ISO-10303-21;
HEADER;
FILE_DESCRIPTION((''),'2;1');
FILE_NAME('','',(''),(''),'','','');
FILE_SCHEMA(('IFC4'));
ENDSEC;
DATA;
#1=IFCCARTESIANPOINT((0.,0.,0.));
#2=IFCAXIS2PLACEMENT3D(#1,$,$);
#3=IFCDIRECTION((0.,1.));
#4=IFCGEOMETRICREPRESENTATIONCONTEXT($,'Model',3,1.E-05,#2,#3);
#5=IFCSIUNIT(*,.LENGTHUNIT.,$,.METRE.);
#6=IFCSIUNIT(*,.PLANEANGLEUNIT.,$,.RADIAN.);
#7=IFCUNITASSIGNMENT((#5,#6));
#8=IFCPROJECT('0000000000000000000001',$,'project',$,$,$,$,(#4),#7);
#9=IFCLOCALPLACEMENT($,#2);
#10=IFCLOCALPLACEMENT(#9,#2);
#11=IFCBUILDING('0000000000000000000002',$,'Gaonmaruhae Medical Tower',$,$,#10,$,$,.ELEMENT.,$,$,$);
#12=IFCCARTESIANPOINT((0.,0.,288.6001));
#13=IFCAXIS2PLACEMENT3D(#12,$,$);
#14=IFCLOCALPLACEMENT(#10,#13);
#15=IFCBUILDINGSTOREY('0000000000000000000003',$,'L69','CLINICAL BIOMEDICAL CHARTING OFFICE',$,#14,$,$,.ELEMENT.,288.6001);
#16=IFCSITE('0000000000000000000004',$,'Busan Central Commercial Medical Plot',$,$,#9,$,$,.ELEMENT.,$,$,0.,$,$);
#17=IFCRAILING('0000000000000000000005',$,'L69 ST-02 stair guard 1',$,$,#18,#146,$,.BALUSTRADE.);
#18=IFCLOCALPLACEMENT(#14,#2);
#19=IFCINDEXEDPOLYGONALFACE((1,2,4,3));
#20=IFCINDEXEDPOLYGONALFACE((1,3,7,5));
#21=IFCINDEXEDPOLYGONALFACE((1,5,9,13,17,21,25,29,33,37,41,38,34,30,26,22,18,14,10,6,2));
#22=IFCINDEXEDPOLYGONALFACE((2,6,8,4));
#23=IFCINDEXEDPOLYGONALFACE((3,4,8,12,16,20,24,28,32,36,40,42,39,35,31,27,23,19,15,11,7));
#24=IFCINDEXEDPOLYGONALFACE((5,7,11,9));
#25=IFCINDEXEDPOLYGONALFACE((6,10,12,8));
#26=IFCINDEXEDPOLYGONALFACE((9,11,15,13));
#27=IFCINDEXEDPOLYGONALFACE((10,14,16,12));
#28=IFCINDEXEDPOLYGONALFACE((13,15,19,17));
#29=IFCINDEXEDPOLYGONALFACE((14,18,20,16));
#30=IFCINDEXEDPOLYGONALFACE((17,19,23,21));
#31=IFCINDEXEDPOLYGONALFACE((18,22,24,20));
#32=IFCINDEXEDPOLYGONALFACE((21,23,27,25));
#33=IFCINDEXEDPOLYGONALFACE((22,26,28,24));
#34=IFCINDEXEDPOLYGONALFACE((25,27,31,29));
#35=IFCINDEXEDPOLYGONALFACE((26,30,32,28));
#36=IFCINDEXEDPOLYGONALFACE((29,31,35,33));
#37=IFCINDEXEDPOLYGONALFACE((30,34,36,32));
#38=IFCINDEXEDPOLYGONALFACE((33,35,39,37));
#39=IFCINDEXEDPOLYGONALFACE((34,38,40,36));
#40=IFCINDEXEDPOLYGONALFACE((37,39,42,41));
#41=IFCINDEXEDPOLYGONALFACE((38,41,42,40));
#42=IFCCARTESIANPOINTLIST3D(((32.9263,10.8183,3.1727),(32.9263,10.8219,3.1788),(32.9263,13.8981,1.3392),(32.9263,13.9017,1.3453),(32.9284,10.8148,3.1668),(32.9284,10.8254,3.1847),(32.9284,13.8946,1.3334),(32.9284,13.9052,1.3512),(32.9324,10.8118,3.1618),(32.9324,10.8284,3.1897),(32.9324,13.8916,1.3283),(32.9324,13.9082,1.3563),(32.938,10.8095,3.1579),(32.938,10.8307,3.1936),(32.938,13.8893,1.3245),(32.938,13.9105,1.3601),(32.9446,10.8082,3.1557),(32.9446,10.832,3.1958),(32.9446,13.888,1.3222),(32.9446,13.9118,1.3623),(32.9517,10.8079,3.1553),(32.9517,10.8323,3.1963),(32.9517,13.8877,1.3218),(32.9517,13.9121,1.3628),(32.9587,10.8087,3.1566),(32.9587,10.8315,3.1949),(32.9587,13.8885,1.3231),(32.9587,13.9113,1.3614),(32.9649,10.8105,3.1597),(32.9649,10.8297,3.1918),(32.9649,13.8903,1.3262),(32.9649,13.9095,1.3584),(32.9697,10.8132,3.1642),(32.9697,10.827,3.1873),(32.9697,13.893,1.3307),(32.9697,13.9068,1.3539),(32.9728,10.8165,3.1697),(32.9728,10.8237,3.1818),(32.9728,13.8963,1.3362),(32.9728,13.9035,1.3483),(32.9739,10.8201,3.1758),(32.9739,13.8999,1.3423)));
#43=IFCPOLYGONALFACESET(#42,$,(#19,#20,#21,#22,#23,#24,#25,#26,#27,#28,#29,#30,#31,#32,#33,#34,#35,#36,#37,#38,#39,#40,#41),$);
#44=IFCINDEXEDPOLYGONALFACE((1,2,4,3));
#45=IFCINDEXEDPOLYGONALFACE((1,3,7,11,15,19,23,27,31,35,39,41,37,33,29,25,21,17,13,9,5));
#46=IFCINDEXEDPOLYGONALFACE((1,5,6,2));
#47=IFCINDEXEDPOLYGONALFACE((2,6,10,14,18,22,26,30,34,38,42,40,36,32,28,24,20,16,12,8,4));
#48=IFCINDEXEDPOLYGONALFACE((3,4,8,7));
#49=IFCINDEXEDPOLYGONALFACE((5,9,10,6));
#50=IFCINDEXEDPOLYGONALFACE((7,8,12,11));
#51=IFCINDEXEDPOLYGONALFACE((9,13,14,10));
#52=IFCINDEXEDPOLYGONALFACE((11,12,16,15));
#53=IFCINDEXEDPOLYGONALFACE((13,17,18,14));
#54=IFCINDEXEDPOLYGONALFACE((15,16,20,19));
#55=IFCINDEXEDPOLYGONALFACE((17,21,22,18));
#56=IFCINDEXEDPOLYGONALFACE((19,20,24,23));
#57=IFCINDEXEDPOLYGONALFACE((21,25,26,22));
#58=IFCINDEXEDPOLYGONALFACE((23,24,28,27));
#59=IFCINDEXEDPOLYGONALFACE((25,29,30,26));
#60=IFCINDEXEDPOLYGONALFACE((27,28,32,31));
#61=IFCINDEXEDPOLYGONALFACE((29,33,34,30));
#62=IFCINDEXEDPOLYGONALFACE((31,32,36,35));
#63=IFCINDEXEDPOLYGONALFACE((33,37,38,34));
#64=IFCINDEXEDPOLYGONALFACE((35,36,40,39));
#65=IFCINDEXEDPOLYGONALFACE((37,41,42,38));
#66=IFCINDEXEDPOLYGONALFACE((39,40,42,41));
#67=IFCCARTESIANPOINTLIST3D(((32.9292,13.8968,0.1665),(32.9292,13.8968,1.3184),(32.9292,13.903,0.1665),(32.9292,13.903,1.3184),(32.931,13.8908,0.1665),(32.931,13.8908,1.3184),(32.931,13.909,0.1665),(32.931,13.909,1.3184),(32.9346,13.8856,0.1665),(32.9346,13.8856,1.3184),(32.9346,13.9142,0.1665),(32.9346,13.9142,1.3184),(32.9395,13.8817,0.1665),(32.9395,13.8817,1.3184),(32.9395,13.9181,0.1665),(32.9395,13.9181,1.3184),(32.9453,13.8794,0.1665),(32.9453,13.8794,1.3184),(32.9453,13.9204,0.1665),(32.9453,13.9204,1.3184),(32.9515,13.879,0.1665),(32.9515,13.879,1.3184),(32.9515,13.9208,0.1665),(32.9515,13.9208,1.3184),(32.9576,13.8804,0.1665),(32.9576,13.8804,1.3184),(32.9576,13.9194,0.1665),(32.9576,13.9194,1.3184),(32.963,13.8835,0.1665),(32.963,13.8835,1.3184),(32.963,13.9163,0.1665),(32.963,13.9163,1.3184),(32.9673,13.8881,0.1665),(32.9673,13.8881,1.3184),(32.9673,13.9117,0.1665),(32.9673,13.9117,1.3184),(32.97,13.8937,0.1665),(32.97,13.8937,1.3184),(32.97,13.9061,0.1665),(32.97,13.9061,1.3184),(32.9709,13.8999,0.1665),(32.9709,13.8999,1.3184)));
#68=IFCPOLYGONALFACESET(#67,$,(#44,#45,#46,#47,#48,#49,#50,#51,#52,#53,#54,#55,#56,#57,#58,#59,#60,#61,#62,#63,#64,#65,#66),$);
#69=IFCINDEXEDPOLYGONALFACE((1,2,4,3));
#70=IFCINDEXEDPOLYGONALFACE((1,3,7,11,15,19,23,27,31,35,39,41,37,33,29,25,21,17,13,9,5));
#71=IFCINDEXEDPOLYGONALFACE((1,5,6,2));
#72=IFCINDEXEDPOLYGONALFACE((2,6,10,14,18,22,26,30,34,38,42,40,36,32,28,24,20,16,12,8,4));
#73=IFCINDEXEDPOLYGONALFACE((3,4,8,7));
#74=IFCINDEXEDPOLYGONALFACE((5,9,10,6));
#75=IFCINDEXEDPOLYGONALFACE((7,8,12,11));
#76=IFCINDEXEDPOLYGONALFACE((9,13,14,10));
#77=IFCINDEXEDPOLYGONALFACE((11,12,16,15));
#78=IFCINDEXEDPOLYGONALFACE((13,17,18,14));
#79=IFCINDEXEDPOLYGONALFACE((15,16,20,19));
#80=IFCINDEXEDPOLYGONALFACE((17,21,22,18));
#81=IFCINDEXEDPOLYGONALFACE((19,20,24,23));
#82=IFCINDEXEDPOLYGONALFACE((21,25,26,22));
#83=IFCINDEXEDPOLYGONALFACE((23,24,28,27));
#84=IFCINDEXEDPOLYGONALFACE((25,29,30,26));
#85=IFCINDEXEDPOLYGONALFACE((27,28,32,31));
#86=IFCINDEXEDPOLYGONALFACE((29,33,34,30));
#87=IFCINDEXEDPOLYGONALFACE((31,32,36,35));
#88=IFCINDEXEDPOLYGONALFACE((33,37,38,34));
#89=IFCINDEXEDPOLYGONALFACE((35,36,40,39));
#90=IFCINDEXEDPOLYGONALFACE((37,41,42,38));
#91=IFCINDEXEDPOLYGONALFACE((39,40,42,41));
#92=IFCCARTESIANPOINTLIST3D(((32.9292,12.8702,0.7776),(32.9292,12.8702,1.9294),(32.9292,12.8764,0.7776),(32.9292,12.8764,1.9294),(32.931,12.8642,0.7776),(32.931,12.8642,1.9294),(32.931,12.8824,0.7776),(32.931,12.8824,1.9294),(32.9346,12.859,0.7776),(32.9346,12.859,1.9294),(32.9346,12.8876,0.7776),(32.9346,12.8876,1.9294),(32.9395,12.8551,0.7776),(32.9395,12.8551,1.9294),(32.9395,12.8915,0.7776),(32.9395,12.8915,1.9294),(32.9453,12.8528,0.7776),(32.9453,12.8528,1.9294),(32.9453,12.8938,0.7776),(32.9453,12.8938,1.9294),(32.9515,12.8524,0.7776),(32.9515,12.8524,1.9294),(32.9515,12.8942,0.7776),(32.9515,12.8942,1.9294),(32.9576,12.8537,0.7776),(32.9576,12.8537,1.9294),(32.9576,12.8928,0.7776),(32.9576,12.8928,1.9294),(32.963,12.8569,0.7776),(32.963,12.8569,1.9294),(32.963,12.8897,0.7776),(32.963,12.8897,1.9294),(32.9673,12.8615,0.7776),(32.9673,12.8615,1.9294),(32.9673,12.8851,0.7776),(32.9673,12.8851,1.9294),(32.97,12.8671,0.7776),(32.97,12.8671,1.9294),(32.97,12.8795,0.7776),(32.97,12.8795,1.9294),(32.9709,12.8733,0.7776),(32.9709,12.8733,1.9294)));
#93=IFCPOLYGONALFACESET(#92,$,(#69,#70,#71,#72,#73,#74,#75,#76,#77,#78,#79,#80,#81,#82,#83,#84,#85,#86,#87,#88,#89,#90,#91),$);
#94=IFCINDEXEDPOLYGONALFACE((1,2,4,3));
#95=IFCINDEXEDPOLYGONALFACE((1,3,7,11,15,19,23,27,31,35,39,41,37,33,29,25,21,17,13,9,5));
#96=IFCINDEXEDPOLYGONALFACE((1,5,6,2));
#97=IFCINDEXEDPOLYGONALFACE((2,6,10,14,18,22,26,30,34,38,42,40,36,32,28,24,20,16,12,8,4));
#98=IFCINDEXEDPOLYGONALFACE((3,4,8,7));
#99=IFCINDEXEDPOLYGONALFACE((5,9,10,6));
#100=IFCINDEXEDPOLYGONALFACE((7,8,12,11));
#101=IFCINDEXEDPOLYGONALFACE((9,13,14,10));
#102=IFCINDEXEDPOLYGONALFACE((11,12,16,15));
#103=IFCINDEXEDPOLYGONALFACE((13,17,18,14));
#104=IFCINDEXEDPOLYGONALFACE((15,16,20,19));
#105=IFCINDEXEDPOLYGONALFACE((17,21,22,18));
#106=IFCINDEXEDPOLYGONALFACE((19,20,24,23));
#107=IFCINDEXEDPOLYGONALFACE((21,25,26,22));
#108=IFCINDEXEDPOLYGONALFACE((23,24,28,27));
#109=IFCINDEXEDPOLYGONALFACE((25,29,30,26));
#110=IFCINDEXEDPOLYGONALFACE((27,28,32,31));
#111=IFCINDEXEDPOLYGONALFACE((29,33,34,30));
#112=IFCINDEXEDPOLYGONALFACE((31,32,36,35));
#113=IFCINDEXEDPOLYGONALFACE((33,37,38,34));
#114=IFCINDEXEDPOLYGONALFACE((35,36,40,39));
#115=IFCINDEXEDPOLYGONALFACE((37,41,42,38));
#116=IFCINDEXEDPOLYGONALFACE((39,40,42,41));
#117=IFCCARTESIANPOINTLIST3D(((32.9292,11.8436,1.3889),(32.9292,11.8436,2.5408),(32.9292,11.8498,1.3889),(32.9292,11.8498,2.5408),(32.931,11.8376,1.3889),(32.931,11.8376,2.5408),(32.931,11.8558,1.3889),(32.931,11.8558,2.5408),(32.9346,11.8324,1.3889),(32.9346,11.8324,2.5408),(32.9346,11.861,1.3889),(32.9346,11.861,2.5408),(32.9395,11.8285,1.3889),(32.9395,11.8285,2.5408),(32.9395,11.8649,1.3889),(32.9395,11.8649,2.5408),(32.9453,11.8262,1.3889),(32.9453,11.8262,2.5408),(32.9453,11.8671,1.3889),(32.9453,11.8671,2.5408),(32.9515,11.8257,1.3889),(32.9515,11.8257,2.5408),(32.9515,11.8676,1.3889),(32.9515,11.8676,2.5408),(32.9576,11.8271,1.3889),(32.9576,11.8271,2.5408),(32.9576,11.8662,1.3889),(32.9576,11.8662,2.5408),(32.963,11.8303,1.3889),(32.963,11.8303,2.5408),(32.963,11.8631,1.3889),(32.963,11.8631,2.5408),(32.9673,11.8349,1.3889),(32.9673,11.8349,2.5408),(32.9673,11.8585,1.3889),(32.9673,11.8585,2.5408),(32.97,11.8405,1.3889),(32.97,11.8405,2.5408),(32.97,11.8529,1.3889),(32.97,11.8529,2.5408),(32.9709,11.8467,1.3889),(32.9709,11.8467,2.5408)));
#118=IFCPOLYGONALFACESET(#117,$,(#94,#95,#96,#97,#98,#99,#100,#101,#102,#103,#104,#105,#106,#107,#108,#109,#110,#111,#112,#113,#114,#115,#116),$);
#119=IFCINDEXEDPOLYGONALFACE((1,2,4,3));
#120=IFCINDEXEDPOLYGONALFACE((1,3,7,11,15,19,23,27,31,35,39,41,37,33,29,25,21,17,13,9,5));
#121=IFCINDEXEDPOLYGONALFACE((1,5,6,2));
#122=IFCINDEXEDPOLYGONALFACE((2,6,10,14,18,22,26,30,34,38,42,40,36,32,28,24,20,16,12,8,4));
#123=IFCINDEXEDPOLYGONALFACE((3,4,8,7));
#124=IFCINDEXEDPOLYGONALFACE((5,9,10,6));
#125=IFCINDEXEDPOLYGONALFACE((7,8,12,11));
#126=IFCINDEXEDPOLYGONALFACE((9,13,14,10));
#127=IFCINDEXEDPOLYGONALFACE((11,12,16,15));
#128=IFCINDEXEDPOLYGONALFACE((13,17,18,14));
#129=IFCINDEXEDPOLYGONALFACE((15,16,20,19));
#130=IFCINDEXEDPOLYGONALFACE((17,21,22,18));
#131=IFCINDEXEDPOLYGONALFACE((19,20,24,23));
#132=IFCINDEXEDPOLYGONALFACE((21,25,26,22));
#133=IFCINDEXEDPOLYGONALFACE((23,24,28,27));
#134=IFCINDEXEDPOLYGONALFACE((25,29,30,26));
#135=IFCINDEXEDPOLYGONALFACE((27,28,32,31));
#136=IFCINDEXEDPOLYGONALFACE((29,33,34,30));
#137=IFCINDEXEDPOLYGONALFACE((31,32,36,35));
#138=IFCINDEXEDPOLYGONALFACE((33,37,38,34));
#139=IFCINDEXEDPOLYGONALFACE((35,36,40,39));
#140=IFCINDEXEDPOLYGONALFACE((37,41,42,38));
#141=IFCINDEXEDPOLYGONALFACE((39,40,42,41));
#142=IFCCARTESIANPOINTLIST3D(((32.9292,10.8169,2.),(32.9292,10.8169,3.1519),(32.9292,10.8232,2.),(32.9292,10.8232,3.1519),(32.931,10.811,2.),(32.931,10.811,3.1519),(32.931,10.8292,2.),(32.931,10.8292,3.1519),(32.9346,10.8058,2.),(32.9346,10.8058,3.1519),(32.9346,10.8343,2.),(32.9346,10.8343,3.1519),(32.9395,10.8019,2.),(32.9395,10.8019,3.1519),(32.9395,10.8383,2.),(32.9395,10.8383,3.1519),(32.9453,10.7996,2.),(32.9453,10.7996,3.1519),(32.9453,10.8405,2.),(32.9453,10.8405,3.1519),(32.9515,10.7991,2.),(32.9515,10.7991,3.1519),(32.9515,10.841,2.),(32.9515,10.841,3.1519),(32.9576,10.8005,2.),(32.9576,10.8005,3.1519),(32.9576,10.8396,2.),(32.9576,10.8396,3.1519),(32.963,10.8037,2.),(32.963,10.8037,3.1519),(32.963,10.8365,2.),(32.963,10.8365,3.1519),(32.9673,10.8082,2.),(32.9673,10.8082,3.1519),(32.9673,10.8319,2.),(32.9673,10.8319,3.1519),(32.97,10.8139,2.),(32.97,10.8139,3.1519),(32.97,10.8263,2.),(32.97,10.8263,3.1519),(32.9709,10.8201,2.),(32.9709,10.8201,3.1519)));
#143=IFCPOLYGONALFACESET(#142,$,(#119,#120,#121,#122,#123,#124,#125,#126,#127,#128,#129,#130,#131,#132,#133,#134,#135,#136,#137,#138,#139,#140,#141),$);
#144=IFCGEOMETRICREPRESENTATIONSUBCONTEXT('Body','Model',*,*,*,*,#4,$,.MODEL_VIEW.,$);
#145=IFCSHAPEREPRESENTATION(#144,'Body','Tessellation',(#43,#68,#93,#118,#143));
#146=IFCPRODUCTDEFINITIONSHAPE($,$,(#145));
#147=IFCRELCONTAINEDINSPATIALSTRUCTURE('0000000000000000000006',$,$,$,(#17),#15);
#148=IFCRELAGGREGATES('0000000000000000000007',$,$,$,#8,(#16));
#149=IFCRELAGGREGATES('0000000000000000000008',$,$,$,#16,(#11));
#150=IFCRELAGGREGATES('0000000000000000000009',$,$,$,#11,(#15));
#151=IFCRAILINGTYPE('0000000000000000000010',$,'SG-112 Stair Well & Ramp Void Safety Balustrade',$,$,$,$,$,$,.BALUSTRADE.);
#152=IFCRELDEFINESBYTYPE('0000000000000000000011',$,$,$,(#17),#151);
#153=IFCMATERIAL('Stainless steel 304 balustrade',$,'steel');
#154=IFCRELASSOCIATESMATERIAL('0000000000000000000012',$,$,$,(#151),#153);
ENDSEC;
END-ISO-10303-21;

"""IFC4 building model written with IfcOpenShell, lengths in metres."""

from ifc_helpers import new_model, si_unit, direction, frame, origin, origin_2d, place, context, subcontext, project, spatial, circle, extrude, material, type_object, element, save


model = new_model("IFC4")

# Units and contexts
model_context = context("Model", 3, precision=1e-05, world=origin(), true_north=direction((0.0, 1.0)))
body_context = subcontext(model_context, "Body", "Model", "MODEL_VIEW")
ifc_project = project(units=[si_unit("LENGTHUNIT", "METRE"), si_unit("PLANEANGLEUNIT", "RADIAN")], contexts=[model_context])

# Site, building, storey
site_placement = place(None, origin())
site = spatial("IfcSite", under=ifc_project, at=site_placement, Name="Busan Central Commercial Medical Plot", CompositionType="ELEMENT", RefElevation=0.0)
building_placement = place(site_placement, origin())
building = spatial("IfcBuilding", under=site, at=building_placement, Name="Gaonmaruhae Medical Tower", CompositionType="ELEMENT")
storey_placement = place(building_placement, frame((0.0, 0.0, 288.6001)))
storey = spatial("IfcBuildingStorey", under=building, at=storey_placement, Name="L69", Description="CLINICAL BIOMEDICAL CHARTING OFFICE", CompositionType="ELEMENT", Elevation=288.6001)

# Railing
ifc_material_1 = material(Name="Stainless steel 304 balustrade", Category="steel")
railing_type_1 = type_object("IfcRailingType", Name="SG-112 Stair Well & Ramp Void Safety Balustrade", PredefinedType="BALUSTRADE", material=ifc_material_1)
railing_1_placement = place(storey_placement, frame((32.95, 13.8999, 0.1665)))
element("IfcRailing", 1, at=railing_1_placement, inside=storey, type_object=railing_type_1, Name="L69 ST-02 stair guard 1", PredefinedType="BALUSTRADE", context=body_context, shape_type="SweptSolid", body=[
    extrude(circle(Radius=0.0239, at=origin_2d()), frame((0.0, 0.0, 1.1758), z_axis=(0.0, -0.859261, 0.511538), x_axis=(1.0, 0.0, 0.0)), (0.0, 0.0, 1.0), 3.5842),
    extrude(circle(Radius=0.021, at=origin_2d()), origin(), (0.0, 0.0, 1.0), 1.1519),
    extrude(circle(Radius=0.021, at=origin_2d()), frame((0.0, -1.0266, 0.6111)), (0.0, 0.0, 1.0), 1.1519),
    extrude(circle(Radius=0.021, at=origin_2d()), frame((0.0, -2.0532, 1.2224)), (0.0, 0.0, 1.0), 1.1519),
    extrude(circle(Radius=0.021, at=origin_2d()), frame((0.0, -3.0798, 1.8335)), (0.0, 0.0, 1.0), 1.1519),
])

save(model, "model.ifc")
